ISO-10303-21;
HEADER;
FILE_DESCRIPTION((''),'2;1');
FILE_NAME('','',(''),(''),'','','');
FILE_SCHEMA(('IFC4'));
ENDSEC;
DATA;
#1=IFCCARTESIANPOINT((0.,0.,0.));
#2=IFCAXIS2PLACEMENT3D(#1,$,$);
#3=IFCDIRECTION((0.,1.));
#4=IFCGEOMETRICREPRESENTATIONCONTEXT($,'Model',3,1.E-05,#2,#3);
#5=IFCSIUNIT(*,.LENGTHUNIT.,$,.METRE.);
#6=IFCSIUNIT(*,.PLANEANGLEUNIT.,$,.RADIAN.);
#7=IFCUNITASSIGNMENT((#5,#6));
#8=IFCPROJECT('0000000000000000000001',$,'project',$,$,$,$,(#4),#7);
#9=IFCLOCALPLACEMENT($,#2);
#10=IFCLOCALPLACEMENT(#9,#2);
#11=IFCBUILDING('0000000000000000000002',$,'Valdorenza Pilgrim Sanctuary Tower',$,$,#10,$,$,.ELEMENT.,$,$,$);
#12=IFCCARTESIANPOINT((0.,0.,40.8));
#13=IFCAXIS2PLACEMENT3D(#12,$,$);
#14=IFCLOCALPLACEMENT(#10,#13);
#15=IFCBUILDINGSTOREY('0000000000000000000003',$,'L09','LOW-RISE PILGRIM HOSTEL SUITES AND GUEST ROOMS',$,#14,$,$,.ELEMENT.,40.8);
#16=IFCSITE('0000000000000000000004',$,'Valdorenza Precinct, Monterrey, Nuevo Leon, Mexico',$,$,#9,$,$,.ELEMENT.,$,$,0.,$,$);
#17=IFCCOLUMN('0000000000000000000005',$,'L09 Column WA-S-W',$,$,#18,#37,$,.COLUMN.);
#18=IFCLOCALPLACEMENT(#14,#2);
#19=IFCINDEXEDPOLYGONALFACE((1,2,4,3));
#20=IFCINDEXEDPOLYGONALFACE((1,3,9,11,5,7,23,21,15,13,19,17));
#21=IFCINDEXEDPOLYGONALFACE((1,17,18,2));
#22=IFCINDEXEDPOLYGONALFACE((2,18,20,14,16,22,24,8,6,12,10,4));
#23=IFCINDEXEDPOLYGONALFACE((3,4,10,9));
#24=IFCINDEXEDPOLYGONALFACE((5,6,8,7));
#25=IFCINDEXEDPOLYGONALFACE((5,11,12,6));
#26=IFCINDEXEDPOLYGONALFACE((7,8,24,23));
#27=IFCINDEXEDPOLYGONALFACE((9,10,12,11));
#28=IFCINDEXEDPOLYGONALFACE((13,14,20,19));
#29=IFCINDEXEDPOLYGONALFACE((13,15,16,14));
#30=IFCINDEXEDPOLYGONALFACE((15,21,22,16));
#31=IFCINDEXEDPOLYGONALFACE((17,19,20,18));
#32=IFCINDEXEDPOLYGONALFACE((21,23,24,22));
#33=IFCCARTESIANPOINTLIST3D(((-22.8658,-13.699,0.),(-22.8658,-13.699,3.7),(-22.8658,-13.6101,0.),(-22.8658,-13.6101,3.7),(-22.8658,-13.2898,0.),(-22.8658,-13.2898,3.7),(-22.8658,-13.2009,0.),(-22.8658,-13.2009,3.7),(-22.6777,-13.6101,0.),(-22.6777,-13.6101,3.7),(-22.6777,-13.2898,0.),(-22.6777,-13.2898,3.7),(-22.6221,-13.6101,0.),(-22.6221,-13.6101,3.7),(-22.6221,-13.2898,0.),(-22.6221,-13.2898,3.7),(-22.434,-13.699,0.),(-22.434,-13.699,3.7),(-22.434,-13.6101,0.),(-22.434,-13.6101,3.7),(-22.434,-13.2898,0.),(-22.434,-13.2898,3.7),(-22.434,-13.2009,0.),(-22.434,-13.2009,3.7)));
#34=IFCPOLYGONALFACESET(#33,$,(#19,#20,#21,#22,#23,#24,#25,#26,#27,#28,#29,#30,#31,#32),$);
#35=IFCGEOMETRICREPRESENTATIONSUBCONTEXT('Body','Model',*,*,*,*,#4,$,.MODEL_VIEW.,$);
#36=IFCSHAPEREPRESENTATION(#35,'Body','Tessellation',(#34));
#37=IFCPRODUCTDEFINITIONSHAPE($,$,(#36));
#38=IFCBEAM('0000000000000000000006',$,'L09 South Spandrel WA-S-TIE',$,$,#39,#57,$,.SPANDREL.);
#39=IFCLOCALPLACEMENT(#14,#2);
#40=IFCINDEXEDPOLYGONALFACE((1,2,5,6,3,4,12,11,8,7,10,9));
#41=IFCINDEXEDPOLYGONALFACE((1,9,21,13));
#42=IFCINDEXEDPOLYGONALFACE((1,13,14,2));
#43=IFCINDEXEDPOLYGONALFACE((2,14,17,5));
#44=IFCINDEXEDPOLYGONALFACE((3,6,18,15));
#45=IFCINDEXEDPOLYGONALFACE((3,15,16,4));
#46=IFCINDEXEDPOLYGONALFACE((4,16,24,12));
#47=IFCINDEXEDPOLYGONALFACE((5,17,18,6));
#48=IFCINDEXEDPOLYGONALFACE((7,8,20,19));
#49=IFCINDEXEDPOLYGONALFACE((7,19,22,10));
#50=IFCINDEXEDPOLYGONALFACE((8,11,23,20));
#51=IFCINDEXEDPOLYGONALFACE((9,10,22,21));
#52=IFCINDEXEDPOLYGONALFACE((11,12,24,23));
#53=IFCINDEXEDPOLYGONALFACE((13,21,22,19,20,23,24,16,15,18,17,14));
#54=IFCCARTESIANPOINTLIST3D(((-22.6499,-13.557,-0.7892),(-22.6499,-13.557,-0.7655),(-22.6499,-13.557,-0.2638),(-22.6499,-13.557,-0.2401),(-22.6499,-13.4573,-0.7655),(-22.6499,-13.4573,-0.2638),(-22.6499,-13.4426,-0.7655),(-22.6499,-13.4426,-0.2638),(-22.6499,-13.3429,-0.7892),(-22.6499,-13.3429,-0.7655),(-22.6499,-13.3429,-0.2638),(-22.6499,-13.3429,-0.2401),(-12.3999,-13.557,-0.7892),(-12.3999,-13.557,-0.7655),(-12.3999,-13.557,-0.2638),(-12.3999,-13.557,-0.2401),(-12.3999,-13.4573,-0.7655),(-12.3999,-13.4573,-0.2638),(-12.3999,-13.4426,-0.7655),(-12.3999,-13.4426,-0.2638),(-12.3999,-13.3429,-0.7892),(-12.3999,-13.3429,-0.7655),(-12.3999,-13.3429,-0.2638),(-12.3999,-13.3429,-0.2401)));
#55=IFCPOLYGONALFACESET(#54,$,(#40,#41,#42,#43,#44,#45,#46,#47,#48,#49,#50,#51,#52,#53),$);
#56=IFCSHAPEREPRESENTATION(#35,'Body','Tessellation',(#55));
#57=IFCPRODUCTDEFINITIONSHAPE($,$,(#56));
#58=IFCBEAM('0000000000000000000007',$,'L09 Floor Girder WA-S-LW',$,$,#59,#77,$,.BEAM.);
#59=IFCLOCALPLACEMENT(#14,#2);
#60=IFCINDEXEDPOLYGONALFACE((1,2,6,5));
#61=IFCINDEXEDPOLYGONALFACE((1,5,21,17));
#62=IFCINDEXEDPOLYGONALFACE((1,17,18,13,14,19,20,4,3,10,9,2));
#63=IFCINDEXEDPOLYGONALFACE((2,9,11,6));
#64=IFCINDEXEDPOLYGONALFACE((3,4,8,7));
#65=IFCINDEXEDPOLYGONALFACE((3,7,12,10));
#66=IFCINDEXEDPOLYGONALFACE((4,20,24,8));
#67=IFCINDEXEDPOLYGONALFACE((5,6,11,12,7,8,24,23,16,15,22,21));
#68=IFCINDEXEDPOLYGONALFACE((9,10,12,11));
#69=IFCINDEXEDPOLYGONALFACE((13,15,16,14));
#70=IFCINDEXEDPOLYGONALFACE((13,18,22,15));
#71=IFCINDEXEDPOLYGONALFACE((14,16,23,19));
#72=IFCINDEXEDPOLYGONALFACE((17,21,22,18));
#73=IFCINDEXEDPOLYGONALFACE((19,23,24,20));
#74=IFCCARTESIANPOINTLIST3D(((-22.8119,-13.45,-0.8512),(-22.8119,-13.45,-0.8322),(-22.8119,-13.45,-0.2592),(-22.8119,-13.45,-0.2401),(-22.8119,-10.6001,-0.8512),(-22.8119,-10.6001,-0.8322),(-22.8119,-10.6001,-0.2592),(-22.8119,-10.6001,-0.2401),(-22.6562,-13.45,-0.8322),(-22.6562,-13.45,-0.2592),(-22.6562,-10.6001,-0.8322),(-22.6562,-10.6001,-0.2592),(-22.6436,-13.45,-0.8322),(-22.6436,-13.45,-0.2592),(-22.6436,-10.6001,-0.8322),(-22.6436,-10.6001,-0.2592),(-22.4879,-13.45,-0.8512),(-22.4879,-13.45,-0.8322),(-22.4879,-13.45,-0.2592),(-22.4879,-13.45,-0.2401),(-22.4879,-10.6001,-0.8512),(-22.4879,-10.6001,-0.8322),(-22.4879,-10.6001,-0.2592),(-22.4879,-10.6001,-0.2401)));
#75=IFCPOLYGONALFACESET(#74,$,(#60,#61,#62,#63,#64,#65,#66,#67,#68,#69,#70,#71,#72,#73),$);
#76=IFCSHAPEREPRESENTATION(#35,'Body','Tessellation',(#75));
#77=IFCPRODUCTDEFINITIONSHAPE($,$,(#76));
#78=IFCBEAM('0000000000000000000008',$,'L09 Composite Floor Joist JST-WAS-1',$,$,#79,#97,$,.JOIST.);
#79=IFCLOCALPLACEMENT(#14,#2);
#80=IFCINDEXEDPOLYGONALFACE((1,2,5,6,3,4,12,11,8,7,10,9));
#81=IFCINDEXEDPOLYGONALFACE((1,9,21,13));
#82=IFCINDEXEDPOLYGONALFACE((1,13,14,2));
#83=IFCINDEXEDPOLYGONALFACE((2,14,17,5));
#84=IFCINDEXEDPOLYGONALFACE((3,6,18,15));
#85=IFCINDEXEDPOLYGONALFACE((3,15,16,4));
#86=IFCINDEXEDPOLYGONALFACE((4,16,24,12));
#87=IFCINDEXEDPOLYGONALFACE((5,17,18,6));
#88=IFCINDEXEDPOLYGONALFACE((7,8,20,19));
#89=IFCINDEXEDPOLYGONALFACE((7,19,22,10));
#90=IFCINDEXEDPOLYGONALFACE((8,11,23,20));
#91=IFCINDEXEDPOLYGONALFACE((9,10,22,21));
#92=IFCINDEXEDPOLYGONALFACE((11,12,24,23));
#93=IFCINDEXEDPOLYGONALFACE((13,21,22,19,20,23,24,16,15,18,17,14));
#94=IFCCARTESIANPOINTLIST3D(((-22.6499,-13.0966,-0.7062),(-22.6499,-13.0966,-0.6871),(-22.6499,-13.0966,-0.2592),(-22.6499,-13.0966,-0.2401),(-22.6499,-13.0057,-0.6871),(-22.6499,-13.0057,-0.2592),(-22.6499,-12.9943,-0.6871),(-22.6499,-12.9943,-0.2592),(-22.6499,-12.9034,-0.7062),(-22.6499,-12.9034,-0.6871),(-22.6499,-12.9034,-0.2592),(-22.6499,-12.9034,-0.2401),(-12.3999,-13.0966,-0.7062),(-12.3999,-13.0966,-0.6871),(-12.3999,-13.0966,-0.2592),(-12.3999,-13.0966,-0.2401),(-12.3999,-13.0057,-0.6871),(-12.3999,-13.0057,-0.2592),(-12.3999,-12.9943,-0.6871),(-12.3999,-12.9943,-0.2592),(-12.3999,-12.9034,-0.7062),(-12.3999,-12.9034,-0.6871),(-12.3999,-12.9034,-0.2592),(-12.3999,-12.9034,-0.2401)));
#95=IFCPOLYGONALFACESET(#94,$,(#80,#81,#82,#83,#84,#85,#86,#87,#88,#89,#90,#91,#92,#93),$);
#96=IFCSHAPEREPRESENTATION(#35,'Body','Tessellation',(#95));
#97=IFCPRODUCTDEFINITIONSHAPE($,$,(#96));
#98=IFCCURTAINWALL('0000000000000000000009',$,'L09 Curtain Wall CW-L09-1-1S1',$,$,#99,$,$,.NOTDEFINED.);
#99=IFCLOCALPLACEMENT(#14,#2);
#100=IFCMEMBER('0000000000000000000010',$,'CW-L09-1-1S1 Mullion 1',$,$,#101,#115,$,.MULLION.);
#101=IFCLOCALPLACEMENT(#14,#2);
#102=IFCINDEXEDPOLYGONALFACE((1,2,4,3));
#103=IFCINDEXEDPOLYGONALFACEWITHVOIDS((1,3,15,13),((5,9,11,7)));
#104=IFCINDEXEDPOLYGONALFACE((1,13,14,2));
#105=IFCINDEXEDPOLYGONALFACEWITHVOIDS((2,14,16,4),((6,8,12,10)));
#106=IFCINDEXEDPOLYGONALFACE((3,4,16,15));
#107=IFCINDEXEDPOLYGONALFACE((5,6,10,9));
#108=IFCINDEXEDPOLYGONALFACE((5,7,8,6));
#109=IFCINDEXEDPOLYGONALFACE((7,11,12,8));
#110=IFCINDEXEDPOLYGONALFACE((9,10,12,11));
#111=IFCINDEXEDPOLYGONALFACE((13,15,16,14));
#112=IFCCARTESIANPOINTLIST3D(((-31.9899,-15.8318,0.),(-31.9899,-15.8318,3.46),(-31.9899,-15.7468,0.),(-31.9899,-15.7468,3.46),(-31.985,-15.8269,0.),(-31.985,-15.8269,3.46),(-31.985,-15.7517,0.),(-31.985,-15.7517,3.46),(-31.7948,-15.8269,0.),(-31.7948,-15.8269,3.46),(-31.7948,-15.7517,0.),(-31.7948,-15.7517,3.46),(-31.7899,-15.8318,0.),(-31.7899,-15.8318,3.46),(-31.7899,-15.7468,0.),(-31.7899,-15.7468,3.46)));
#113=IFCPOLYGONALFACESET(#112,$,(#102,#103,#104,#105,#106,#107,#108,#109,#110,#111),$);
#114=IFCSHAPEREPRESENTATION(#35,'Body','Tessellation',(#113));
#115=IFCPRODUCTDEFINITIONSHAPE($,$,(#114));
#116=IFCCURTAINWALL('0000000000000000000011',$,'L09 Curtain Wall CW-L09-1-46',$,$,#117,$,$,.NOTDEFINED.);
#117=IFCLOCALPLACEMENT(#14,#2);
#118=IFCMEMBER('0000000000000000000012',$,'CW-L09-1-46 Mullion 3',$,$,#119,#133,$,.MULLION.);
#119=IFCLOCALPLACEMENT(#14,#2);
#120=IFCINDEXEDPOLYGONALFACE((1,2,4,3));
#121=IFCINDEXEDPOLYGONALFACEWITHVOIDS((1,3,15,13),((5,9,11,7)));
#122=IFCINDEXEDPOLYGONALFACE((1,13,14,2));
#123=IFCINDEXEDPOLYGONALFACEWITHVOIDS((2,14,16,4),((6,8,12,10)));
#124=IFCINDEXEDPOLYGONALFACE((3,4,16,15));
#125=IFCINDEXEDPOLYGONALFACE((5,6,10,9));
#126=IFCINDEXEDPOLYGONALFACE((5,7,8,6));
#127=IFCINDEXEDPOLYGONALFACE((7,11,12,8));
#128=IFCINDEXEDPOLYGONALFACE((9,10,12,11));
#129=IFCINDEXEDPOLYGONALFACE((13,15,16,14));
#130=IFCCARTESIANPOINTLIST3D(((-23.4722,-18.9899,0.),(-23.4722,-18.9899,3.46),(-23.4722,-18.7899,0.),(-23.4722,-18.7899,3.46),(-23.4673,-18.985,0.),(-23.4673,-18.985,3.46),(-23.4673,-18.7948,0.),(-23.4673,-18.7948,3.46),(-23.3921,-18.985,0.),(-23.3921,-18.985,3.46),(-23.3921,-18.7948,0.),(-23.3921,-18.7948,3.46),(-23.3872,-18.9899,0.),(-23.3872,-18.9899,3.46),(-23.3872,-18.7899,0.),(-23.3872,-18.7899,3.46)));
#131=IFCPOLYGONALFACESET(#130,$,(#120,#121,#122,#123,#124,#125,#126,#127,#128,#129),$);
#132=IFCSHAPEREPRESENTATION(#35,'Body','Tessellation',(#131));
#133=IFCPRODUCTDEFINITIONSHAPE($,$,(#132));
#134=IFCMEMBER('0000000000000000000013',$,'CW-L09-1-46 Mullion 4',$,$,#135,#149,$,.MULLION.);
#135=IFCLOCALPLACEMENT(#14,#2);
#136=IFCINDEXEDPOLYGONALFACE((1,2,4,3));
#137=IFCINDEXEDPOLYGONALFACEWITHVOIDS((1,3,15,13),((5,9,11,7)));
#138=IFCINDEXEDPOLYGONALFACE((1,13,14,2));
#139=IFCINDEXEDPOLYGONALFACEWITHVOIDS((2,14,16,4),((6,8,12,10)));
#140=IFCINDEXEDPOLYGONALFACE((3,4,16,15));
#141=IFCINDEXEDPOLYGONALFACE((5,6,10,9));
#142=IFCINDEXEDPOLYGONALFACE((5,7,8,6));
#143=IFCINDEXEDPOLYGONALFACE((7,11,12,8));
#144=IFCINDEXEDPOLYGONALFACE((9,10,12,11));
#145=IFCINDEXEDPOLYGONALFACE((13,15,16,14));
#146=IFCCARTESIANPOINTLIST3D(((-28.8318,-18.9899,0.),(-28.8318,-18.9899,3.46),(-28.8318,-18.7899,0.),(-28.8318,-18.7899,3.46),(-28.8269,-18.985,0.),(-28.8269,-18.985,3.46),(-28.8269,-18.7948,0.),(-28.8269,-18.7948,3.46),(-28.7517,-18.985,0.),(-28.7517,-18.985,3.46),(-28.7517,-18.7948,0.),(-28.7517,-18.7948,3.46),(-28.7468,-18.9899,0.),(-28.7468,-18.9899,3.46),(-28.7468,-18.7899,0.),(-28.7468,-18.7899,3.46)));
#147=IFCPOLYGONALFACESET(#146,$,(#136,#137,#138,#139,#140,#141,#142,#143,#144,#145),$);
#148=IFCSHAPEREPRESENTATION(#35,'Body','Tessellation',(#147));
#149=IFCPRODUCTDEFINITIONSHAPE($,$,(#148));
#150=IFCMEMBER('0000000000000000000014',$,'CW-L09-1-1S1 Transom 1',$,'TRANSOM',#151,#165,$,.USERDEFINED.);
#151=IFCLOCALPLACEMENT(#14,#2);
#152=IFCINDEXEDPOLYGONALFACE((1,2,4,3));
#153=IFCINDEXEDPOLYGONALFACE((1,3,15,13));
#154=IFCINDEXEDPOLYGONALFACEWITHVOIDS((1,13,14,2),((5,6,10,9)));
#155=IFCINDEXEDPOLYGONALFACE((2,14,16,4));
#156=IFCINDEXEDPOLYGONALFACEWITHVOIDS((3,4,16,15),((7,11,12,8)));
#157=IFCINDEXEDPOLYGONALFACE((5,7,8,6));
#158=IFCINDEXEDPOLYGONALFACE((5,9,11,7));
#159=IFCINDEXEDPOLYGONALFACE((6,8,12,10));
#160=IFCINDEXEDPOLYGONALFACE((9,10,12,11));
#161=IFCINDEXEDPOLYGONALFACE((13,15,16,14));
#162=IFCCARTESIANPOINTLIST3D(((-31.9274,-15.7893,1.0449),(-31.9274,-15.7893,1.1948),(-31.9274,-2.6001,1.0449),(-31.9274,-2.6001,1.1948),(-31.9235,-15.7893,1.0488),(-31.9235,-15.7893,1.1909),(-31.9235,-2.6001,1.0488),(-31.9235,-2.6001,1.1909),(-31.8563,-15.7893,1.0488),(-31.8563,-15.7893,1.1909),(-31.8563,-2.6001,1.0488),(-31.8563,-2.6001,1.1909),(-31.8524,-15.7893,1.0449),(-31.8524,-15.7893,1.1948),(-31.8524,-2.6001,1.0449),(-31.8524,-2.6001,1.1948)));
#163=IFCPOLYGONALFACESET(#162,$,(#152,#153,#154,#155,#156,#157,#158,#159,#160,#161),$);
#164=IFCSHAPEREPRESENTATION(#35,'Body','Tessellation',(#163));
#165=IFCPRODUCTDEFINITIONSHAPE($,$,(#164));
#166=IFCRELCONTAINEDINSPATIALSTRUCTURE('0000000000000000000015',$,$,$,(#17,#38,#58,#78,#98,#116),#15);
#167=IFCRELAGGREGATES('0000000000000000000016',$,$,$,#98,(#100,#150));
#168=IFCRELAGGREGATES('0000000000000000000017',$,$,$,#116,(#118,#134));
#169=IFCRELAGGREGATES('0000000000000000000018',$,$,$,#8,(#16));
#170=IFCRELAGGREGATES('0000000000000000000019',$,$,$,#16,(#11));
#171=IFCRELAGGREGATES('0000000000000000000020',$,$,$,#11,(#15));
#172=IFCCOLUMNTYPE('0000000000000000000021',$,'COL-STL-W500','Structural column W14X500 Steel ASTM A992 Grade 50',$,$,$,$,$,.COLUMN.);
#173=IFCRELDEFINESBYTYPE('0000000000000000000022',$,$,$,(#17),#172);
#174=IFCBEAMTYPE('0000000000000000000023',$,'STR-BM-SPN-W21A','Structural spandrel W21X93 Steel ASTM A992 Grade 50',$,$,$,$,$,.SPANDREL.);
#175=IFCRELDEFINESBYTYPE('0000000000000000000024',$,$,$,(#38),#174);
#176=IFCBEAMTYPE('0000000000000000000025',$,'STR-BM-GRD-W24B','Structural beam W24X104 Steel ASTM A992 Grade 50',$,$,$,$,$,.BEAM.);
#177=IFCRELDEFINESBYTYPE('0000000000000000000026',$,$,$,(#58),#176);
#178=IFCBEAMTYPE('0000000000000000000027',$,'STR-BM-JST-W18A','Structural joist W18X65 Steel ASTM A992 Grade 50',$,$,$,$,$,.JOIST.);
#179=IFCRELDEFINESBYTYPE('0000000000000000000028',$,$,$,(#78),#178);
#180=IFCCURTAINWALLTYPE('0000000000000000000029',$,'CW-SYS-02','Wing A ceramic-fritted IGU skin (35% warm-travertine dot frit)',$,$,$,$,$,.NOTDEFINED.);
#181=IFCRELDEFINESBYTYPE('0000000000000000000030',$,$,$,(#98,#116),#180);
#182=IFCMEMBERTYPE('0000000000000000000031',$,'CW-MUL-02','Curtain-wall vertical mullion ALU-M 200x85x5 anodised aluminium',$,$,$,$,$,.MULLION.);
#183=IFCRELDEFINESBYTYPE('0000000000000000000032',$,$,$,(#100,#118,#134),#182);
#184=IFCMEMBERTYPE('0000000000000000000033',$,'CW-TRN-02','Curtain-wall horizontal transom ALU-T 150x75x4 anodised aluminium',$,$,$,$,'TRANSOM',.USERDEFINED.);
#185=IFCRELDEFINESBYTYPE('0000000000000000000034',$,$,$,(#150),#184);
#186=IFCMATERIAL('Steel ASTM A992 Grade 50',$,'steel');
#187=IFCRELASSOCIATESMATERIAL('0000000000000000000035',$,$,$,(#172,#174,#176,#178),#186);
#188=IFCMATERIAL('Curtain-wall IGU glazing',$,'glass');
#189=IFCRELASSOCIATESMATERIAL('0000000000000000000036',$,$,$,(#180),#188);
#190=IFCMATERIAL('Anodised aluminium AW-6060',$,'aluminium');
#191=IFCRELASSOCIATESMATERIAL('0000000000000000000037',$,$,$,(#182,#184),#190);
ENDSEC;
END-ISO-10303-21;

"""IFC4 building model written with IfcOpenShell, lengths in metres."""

from ifc_helpers import new_model, si_unit, direction, frame, origin, origin_2d, place, context, subcontext, project, spatial, hollow_rectangle, i_section, extrude, source, transform, mapped, material, material_profile, profile_set, type_object, element, aggregate, save


model = new_model("IFC4")

# Units and contexts
model_context = context("Model", 3, precision=1e-05, world=origin(), true_north=direction((0.0, 1.0)))
body_context = subcontext(model_context, "Body", "Model", "MODEL_VIEW")
ifc_project = project(units=[si_unit("LENGTHUNIT", "METRE"), si_unit("PLANEANGLEUNIT", "RADIAN")], contexts=[model_context])

# Site, building, storey
site_placement = place(None, origin())
site = spatial("IfcSite", under=ifc_project, at=site_placement, Name="Valdorenza Precinct, Monterrey, Nuevo Leon, Mexico", CompositionType="ELEMENT", RefElevation=0.0)
building_placement = place(site_placement, origin())
building = spatial("IfcBuilding", under=site, at=building_placement, Name="Valdorenza Pilgrim Sanctuary Tower", CompositionType="ELEMENT")
storey_placement = place(building_placement, frame((0.0, 0.0, 40.8)))
storey = spatial("IfcBuildingStorey", under=building, at=storey_placement, Name="L09", Description="LOW-RISE PILGRIM HOSTEL SUITES AND GUEST ROOMS", CompositionType="ELEMENT", Elevation=40.8)

# Column
ifc_material_1 = material(Name="Steel ASTM A992 Grade 50", Category="steel")
ifc_material_profile_1 = material_profile(ifc_material_1, i_section(OverallWidth=0.4319, OverallDepth=0.498, WebThickness=0.0557, FlangeThickness=0.0889, at=origin_2d()), Name="W14X500")
ifc_profile_set_1 = profile_set([ifc_material_profile_1], Name="Steel ASTM A992 Grade 50")
column_type = type_object("IfcColumnType", Name="COL-STL-W500", Description="Structural column W14X500 Steel ASTM A992 Grade 50", PredefinedType="COLUMN", material=ifc_profile_set_1)
shared_shape_1 = source(origin(), body_context, "Body", "SweptSolid", [
    extrude(i_section(OverallWidth=0.4319, OverallDepth=0.498, WebThickness=0.0557, FlangeThickness=0.0889, at=origin_2d()), origin(), (0.0, 0.0, 1.0), 3.7),
])
column_placement = place(storey_placement, frame((-22.6499, -13.45, 0.0), z_axis=(0.0, 0.0, 1.0), x_axis=(1.0, 0.0, 0.0)))
element("IfcColumn", 1, at=column_placement, inside=storey, type_object=column_type, Name="L09 Column WA-S-W", PredefinedType="COLUMN", context=body_context, shape_type="MappedRepresentation", body=[
    mapped(shared_shape_1, transform((0.0, 0.0, 0.0), x_axis=(1.0, 0.0, 0.0), y_axis=(0.0, 1.0, 0.0), z_axis=(0.0, 0.0, 1.0), scale=1.0)),
])

# Beams
ifc_material_profile_2 = material_profile(ifc_material_1, i_section(OverallWidth=0.2141, OverallDepth=0.5491, WebThickness=0.0146, FlangeThickness=0.0237, at=origin_2d()), Name="W21X93")
ifc_profile_set_2 = profile_set([ifc_material_profile_2], Name="Steel ASTM A992 Grade 50")
beam_type_1 = type_object("IfcBeamType", Name="STR-BM-SPN-W21A", Description="Structural spandrel W21X93 Steel ASTM A992 Grade 50", PredefinedType="SPANDREL", material=ifc_profile_set_2)
shared_shape_2 = source(origin(), body_context, "Body", "SweptSolid", [
    extrude(i_section(OverallWidth=0.2141, OverallDepth=0.5491, WebThickness=0.0146, FlangeThickness=0.0237, at=origin_2d()), origin(), (0.0, 0.0, 1.0), 10.25),
])
beam_1_placement = place(storey_placement, frame((-22.6499, -13.45, -0.5146), z_axis=(1.0, 0.0, 0.0), x_axis=(0.0, 1.0, 0.0)))
element("IfcBeam", 2, at=beam_1_placement, inside=storey, type_object=beam_type_1, Name="L09 South Spandrel WA-S-TIE", PredefinedType="SPANDREL", context=body_context, shape_type="MappedRepresentation", body=[
    mapped(shared_shape_2, transform((0.0, 0.0, 0.0), x_axis=(1.0, 0.0, 0.0), y_axis=(0.0, 1.0, 0.0), z_axis=(0.0, 0.0, 1.0), scale=1.0)),
])
ifc_material_profile_3 = material_profile(ifc_material_1, i_section(OverallWidth=0.324, OverallDepth=0.6111, WebThickness=0.0127, FlangeThickness=0.019, at=origin_2d()), Name="W24X104")
ifc_profile_set_3 = profile_set([ifc_material_profile_3], Name="Steel ASTM A992 Grade 50")
beam_type_2 = type_object("IfcBeamType", Name="STR-BM-GRD-W24B", Description="Structural beam W24X104 Steel ASTM A992 Grade 50", PredefinedType="BEAM", material=ifc_profile_set_3)
shared_shape_3 = source(origin(), body_context, "Body", "SweptSolid", [
    extrude(i_section(OverallWidth=0.324, OverallDepth=0.6111, WebThickness=0.0127, FlangeThickness=0.019, at=origin_2d()), origin(), (0.0, 0.0, 1.0), 2.8499),
])
beam_2_placement = place(storey_placement, frame((-22.6499, -13.45, -0.5457), z_axis=(0.0, 1.0, 0.0), x_axis=(-1.0, 0.0, 0.0)))
element("IfcBeam", 3, at=beam_2_placement, inside=storey, type_object=beam_type_2, Name="L09 Floor Girder WA-S-LW", PredefinedType="BEAM", context=body_context, shape_type="MappedRepresentation", body=[
    mapped(shared_shape_3, transform((0.0, 0.0, 0.0), x_axis=(1.0, 0.0, 0.0), y_axis=(0.0, 1.0, 0.0), z_axis=(0.0, 0.0, 1.0), scale=1.0)),
])
ifc_material_profile_4 = material_profile(ifc_material_1, i_section(OverallWidth=0.1931, OverallDepth=0.4661, WebThickness=0.0115, FlangeThickness=0.019, at=origin_2d()), Name="W18X65")
ifc_profile_set_4 = profile_set([ifc_material_profile_4], Name="Steel ASTM A992 Grade 50")
beam_type_3 = type_object("IfcBeamType", Name="STR-BM-JST-W18A", Description="Structural joist W18X65 Steel ASTM A992 Grade 50", PredefinedType="JOIST", material=ifc_profile_set_4)
shared_shape_4 = source(origin(), body_context, "Body", "SweptSolid", [
    extrude(i_section(OverallWidth=0.1931, OverallDepth=0.4661, WebThickness=0.0115, FlangeThickness=0.019, at=origin_2d()), origin(), (0.0, 0.0, 1.0), 10.25),
])
beam_3_placement = place(storey_placement, frame((-22.6499, -13.0, -0.4731), z_axis=(1.0, 0.0, 0.0), x_axis=(0.0, 1.0, 0.0)))
element("IfcBeam", 4, at=beam_3_placement, inside=storey, type_object=beam_type_3, Name="L09 Composite Floor Joist JST-WAS-1", PredefinedType="JOIST", context=body_context, shape_type="MappedRepresentation", body=[
    mapped(shared_shape_4, transform((0.0, 0.0, 0.0), x_axis=(1.0, 0.0, 0.0), y_axis=(0.0, 1.0, 0.0), z_axis=(0.0, 0.0, 1.0), scale=1.0)),
])

# Curtain wall, member
ifc_material_2 = material(Name="Curtain-wall IGU glazing", Category="glass")
curtain_wall_type = type_object("IfcCurtainWallType", Name="CW-SYS-02", Description="Wing A ceramic-fritted IGU skin (35% warm-travertine dot frit)", PredefinedType="NOTDEFINED", material=ifc_material_2)
curtain_wall_1_placement = place(storey_placement, origin())
curtain_wall_1 = element("IfcCurtainWall", 5, at=curtain_wall_1_placement, inside=storey, type_object=curtain_wall_type, Name="L09 Curtain Wall CW-L09-1-1S1", PredefinedType="NOTDEFINED")
ifc_material_3 = material(Name="Anodised aluminium AW-6060", Category="aluminium")
ifc_material_profile_5 = material_profile(ifc_material_3, hollow_rectangle(XDim=0.085, YDim=0.2, WallThickness=0.0049, at=origin_2d()), Name="ALU-M 200x85x5")
ifc_profile_set_5 = profile_set([ifc_material_profile_5], Name="Anodised aluminium AW-6060")
member_type_1 = type_object("IfcMemberType", Name="CW-MUL-02", Description="Curtain-wall vertical mullion ALU-M 200x85x5 anodised aluminium", PredefinedType="MULLION", material=ifc_profile_set_5)
shared_shape_5 = source(origin(), body_context, "Body", "SweptSolid", [
    extrude(hollow_rectangle(XDim=0.085, YDim=0.2, WallThickness=0.0049, at=origin_2d()), origin(), (0.0, 0.0, 1.0), 3.46),
])
member_1_placement = place(storey_placement, frame((-31.8899, -15.7893, 0.0), z_axis=(0.0, 0.0, 1.0), x_axis=(0.0, 1.0, 0.0)))
member_1 = element("IfcMember", 6, at=member_1_placement, type_object=member_type_1, Name="CW-L09-1-1S1 Mullion 1", PredefinedType="MULLION", context=body_context, shape_type="MappedRepresentation", body=[
    mapped(shared_shape_5, transform((0.0, 0.0, 0.0), x_axis=(1.0, 0.0, 0.0), y_axis=(0.0, 1.0, 0.0), z_axis=(0.0, 0.0, 1.0), scale=1.0)),
])

# Curtain wall, members
curtain_wall_2_placement = place(storey_placement, origin())
curtain_wall_2 = element("IfcCurtainWall", 7, at=curtain_wall_2_placement, inside=storey, type_object=curtain_wall_type, Name="L09 Curtain Wall CW-L09-1-46", PredefinedType="NOTDEFINED")
member_2_placement = place(storey_placement, frame((-23.4297, -18.8899, 0.0), z_axis=(0.0, 0.0, 1.0), x_axis=(-1.0, 0.0, 0.0)))
member_2 = element("IfcMember", 8, at=member_2_placement, type_object=member_type_1, Name="CW-L09-1-46 Mullion 3", PredefinedType="MULLION", context=body_context, shape_type="MappedRepresentation", body=[
    mapped(shared_shape_5, transform((0.0, 0.0, 0.0), x_axis=(1.0, 0.0, 0.0), y_axis=(0.0, 1.0, 0.0), z_axis=(0.0, 0.0, 1.0), scale=1.0)),
])
member_3_placement = place(storey_placement, frame((-28.7893, -18.8899, 0.0), z_axis=(0.0, 0.0, 1.0), x_axis=(-1.0, 0.0, 0.0)))
member_3 = element("IfcMember", 9, at=member_3_placement, type_object=member_type_1, Name="CW-L09-1-46 Mullion 4", PredefinedType="MULLION", context=body_context, shape_type="MappedRepresentation", body=[
    mapped(shared_shape_5, transform((0.0, 0.0, 0.0), x_axis=(1.0, 0.0, 0.0), y_axis=(0.0, 1.0, 0.0), z_axis=(0.0, 0.0, 1.0), scale=1.0)),
])

# Member
ifc_material_profile_6 = material_profile(ifc_material_3, hollow_rectangle(XDim=0.075, YDim=0.1499, WallThickness=0.0039, at=origin_2d()), Name="ALU-T 150x75x4")
ifc_profile_set_6 = profile_set([ifc_material_profile_6], Name="Anodised aluminium AW-6060")
member_type_2 = type_object("IfcMemberType", Name="CW-TRN-02", Description="Curtain-wall horizontal transom ALU-T 150x75x4 anodised aluminium", ElementType="TRANSOM", PredefinedType="USERDEFINED", material=ifc_profile_set_6)
shared_shape_6 = source(origin(), body_context, "Body", "SweptSolid", [
    extrude(hollow_rectangle(XDim=0.075, YDim=0.1499, WallThickness=0.0039, at=origin_2d()), origin(), (0.0, 0.0, 1.0), 13.1892),
])
member_4_placement = place(storey_placement, frame((-31.8899, -15.7893, 1.1199), z_axis=(0.0, 1.0, 0.0), x_axis=(-1.0, 0.0, 0.0)))
member_4 = element("IfcMember", 10, at=member_4_placement, type_object=member_type_2, Name="CW-L09-1-1S1 Transom 1", ObjectType="TRANSOM", PredefinedType="USERDEFINED", context=body_context, shape_type="MappedRepresentation", body=[
    mapped(shared_shape_6, transform((0.0, 0.0, 0.0), x_axis=(1.0, 0.0, 0.0), y_axis=(0.0, 1.0, 0.0), z_axis=(0.0, 0.0, 1.0), scale=1.0)),
])
aggregate(curtain_wall_1, [member_1, member_4])

aggregate(curtain_wall_2, [member_2, member_3])

save(model, "model.ifc")
